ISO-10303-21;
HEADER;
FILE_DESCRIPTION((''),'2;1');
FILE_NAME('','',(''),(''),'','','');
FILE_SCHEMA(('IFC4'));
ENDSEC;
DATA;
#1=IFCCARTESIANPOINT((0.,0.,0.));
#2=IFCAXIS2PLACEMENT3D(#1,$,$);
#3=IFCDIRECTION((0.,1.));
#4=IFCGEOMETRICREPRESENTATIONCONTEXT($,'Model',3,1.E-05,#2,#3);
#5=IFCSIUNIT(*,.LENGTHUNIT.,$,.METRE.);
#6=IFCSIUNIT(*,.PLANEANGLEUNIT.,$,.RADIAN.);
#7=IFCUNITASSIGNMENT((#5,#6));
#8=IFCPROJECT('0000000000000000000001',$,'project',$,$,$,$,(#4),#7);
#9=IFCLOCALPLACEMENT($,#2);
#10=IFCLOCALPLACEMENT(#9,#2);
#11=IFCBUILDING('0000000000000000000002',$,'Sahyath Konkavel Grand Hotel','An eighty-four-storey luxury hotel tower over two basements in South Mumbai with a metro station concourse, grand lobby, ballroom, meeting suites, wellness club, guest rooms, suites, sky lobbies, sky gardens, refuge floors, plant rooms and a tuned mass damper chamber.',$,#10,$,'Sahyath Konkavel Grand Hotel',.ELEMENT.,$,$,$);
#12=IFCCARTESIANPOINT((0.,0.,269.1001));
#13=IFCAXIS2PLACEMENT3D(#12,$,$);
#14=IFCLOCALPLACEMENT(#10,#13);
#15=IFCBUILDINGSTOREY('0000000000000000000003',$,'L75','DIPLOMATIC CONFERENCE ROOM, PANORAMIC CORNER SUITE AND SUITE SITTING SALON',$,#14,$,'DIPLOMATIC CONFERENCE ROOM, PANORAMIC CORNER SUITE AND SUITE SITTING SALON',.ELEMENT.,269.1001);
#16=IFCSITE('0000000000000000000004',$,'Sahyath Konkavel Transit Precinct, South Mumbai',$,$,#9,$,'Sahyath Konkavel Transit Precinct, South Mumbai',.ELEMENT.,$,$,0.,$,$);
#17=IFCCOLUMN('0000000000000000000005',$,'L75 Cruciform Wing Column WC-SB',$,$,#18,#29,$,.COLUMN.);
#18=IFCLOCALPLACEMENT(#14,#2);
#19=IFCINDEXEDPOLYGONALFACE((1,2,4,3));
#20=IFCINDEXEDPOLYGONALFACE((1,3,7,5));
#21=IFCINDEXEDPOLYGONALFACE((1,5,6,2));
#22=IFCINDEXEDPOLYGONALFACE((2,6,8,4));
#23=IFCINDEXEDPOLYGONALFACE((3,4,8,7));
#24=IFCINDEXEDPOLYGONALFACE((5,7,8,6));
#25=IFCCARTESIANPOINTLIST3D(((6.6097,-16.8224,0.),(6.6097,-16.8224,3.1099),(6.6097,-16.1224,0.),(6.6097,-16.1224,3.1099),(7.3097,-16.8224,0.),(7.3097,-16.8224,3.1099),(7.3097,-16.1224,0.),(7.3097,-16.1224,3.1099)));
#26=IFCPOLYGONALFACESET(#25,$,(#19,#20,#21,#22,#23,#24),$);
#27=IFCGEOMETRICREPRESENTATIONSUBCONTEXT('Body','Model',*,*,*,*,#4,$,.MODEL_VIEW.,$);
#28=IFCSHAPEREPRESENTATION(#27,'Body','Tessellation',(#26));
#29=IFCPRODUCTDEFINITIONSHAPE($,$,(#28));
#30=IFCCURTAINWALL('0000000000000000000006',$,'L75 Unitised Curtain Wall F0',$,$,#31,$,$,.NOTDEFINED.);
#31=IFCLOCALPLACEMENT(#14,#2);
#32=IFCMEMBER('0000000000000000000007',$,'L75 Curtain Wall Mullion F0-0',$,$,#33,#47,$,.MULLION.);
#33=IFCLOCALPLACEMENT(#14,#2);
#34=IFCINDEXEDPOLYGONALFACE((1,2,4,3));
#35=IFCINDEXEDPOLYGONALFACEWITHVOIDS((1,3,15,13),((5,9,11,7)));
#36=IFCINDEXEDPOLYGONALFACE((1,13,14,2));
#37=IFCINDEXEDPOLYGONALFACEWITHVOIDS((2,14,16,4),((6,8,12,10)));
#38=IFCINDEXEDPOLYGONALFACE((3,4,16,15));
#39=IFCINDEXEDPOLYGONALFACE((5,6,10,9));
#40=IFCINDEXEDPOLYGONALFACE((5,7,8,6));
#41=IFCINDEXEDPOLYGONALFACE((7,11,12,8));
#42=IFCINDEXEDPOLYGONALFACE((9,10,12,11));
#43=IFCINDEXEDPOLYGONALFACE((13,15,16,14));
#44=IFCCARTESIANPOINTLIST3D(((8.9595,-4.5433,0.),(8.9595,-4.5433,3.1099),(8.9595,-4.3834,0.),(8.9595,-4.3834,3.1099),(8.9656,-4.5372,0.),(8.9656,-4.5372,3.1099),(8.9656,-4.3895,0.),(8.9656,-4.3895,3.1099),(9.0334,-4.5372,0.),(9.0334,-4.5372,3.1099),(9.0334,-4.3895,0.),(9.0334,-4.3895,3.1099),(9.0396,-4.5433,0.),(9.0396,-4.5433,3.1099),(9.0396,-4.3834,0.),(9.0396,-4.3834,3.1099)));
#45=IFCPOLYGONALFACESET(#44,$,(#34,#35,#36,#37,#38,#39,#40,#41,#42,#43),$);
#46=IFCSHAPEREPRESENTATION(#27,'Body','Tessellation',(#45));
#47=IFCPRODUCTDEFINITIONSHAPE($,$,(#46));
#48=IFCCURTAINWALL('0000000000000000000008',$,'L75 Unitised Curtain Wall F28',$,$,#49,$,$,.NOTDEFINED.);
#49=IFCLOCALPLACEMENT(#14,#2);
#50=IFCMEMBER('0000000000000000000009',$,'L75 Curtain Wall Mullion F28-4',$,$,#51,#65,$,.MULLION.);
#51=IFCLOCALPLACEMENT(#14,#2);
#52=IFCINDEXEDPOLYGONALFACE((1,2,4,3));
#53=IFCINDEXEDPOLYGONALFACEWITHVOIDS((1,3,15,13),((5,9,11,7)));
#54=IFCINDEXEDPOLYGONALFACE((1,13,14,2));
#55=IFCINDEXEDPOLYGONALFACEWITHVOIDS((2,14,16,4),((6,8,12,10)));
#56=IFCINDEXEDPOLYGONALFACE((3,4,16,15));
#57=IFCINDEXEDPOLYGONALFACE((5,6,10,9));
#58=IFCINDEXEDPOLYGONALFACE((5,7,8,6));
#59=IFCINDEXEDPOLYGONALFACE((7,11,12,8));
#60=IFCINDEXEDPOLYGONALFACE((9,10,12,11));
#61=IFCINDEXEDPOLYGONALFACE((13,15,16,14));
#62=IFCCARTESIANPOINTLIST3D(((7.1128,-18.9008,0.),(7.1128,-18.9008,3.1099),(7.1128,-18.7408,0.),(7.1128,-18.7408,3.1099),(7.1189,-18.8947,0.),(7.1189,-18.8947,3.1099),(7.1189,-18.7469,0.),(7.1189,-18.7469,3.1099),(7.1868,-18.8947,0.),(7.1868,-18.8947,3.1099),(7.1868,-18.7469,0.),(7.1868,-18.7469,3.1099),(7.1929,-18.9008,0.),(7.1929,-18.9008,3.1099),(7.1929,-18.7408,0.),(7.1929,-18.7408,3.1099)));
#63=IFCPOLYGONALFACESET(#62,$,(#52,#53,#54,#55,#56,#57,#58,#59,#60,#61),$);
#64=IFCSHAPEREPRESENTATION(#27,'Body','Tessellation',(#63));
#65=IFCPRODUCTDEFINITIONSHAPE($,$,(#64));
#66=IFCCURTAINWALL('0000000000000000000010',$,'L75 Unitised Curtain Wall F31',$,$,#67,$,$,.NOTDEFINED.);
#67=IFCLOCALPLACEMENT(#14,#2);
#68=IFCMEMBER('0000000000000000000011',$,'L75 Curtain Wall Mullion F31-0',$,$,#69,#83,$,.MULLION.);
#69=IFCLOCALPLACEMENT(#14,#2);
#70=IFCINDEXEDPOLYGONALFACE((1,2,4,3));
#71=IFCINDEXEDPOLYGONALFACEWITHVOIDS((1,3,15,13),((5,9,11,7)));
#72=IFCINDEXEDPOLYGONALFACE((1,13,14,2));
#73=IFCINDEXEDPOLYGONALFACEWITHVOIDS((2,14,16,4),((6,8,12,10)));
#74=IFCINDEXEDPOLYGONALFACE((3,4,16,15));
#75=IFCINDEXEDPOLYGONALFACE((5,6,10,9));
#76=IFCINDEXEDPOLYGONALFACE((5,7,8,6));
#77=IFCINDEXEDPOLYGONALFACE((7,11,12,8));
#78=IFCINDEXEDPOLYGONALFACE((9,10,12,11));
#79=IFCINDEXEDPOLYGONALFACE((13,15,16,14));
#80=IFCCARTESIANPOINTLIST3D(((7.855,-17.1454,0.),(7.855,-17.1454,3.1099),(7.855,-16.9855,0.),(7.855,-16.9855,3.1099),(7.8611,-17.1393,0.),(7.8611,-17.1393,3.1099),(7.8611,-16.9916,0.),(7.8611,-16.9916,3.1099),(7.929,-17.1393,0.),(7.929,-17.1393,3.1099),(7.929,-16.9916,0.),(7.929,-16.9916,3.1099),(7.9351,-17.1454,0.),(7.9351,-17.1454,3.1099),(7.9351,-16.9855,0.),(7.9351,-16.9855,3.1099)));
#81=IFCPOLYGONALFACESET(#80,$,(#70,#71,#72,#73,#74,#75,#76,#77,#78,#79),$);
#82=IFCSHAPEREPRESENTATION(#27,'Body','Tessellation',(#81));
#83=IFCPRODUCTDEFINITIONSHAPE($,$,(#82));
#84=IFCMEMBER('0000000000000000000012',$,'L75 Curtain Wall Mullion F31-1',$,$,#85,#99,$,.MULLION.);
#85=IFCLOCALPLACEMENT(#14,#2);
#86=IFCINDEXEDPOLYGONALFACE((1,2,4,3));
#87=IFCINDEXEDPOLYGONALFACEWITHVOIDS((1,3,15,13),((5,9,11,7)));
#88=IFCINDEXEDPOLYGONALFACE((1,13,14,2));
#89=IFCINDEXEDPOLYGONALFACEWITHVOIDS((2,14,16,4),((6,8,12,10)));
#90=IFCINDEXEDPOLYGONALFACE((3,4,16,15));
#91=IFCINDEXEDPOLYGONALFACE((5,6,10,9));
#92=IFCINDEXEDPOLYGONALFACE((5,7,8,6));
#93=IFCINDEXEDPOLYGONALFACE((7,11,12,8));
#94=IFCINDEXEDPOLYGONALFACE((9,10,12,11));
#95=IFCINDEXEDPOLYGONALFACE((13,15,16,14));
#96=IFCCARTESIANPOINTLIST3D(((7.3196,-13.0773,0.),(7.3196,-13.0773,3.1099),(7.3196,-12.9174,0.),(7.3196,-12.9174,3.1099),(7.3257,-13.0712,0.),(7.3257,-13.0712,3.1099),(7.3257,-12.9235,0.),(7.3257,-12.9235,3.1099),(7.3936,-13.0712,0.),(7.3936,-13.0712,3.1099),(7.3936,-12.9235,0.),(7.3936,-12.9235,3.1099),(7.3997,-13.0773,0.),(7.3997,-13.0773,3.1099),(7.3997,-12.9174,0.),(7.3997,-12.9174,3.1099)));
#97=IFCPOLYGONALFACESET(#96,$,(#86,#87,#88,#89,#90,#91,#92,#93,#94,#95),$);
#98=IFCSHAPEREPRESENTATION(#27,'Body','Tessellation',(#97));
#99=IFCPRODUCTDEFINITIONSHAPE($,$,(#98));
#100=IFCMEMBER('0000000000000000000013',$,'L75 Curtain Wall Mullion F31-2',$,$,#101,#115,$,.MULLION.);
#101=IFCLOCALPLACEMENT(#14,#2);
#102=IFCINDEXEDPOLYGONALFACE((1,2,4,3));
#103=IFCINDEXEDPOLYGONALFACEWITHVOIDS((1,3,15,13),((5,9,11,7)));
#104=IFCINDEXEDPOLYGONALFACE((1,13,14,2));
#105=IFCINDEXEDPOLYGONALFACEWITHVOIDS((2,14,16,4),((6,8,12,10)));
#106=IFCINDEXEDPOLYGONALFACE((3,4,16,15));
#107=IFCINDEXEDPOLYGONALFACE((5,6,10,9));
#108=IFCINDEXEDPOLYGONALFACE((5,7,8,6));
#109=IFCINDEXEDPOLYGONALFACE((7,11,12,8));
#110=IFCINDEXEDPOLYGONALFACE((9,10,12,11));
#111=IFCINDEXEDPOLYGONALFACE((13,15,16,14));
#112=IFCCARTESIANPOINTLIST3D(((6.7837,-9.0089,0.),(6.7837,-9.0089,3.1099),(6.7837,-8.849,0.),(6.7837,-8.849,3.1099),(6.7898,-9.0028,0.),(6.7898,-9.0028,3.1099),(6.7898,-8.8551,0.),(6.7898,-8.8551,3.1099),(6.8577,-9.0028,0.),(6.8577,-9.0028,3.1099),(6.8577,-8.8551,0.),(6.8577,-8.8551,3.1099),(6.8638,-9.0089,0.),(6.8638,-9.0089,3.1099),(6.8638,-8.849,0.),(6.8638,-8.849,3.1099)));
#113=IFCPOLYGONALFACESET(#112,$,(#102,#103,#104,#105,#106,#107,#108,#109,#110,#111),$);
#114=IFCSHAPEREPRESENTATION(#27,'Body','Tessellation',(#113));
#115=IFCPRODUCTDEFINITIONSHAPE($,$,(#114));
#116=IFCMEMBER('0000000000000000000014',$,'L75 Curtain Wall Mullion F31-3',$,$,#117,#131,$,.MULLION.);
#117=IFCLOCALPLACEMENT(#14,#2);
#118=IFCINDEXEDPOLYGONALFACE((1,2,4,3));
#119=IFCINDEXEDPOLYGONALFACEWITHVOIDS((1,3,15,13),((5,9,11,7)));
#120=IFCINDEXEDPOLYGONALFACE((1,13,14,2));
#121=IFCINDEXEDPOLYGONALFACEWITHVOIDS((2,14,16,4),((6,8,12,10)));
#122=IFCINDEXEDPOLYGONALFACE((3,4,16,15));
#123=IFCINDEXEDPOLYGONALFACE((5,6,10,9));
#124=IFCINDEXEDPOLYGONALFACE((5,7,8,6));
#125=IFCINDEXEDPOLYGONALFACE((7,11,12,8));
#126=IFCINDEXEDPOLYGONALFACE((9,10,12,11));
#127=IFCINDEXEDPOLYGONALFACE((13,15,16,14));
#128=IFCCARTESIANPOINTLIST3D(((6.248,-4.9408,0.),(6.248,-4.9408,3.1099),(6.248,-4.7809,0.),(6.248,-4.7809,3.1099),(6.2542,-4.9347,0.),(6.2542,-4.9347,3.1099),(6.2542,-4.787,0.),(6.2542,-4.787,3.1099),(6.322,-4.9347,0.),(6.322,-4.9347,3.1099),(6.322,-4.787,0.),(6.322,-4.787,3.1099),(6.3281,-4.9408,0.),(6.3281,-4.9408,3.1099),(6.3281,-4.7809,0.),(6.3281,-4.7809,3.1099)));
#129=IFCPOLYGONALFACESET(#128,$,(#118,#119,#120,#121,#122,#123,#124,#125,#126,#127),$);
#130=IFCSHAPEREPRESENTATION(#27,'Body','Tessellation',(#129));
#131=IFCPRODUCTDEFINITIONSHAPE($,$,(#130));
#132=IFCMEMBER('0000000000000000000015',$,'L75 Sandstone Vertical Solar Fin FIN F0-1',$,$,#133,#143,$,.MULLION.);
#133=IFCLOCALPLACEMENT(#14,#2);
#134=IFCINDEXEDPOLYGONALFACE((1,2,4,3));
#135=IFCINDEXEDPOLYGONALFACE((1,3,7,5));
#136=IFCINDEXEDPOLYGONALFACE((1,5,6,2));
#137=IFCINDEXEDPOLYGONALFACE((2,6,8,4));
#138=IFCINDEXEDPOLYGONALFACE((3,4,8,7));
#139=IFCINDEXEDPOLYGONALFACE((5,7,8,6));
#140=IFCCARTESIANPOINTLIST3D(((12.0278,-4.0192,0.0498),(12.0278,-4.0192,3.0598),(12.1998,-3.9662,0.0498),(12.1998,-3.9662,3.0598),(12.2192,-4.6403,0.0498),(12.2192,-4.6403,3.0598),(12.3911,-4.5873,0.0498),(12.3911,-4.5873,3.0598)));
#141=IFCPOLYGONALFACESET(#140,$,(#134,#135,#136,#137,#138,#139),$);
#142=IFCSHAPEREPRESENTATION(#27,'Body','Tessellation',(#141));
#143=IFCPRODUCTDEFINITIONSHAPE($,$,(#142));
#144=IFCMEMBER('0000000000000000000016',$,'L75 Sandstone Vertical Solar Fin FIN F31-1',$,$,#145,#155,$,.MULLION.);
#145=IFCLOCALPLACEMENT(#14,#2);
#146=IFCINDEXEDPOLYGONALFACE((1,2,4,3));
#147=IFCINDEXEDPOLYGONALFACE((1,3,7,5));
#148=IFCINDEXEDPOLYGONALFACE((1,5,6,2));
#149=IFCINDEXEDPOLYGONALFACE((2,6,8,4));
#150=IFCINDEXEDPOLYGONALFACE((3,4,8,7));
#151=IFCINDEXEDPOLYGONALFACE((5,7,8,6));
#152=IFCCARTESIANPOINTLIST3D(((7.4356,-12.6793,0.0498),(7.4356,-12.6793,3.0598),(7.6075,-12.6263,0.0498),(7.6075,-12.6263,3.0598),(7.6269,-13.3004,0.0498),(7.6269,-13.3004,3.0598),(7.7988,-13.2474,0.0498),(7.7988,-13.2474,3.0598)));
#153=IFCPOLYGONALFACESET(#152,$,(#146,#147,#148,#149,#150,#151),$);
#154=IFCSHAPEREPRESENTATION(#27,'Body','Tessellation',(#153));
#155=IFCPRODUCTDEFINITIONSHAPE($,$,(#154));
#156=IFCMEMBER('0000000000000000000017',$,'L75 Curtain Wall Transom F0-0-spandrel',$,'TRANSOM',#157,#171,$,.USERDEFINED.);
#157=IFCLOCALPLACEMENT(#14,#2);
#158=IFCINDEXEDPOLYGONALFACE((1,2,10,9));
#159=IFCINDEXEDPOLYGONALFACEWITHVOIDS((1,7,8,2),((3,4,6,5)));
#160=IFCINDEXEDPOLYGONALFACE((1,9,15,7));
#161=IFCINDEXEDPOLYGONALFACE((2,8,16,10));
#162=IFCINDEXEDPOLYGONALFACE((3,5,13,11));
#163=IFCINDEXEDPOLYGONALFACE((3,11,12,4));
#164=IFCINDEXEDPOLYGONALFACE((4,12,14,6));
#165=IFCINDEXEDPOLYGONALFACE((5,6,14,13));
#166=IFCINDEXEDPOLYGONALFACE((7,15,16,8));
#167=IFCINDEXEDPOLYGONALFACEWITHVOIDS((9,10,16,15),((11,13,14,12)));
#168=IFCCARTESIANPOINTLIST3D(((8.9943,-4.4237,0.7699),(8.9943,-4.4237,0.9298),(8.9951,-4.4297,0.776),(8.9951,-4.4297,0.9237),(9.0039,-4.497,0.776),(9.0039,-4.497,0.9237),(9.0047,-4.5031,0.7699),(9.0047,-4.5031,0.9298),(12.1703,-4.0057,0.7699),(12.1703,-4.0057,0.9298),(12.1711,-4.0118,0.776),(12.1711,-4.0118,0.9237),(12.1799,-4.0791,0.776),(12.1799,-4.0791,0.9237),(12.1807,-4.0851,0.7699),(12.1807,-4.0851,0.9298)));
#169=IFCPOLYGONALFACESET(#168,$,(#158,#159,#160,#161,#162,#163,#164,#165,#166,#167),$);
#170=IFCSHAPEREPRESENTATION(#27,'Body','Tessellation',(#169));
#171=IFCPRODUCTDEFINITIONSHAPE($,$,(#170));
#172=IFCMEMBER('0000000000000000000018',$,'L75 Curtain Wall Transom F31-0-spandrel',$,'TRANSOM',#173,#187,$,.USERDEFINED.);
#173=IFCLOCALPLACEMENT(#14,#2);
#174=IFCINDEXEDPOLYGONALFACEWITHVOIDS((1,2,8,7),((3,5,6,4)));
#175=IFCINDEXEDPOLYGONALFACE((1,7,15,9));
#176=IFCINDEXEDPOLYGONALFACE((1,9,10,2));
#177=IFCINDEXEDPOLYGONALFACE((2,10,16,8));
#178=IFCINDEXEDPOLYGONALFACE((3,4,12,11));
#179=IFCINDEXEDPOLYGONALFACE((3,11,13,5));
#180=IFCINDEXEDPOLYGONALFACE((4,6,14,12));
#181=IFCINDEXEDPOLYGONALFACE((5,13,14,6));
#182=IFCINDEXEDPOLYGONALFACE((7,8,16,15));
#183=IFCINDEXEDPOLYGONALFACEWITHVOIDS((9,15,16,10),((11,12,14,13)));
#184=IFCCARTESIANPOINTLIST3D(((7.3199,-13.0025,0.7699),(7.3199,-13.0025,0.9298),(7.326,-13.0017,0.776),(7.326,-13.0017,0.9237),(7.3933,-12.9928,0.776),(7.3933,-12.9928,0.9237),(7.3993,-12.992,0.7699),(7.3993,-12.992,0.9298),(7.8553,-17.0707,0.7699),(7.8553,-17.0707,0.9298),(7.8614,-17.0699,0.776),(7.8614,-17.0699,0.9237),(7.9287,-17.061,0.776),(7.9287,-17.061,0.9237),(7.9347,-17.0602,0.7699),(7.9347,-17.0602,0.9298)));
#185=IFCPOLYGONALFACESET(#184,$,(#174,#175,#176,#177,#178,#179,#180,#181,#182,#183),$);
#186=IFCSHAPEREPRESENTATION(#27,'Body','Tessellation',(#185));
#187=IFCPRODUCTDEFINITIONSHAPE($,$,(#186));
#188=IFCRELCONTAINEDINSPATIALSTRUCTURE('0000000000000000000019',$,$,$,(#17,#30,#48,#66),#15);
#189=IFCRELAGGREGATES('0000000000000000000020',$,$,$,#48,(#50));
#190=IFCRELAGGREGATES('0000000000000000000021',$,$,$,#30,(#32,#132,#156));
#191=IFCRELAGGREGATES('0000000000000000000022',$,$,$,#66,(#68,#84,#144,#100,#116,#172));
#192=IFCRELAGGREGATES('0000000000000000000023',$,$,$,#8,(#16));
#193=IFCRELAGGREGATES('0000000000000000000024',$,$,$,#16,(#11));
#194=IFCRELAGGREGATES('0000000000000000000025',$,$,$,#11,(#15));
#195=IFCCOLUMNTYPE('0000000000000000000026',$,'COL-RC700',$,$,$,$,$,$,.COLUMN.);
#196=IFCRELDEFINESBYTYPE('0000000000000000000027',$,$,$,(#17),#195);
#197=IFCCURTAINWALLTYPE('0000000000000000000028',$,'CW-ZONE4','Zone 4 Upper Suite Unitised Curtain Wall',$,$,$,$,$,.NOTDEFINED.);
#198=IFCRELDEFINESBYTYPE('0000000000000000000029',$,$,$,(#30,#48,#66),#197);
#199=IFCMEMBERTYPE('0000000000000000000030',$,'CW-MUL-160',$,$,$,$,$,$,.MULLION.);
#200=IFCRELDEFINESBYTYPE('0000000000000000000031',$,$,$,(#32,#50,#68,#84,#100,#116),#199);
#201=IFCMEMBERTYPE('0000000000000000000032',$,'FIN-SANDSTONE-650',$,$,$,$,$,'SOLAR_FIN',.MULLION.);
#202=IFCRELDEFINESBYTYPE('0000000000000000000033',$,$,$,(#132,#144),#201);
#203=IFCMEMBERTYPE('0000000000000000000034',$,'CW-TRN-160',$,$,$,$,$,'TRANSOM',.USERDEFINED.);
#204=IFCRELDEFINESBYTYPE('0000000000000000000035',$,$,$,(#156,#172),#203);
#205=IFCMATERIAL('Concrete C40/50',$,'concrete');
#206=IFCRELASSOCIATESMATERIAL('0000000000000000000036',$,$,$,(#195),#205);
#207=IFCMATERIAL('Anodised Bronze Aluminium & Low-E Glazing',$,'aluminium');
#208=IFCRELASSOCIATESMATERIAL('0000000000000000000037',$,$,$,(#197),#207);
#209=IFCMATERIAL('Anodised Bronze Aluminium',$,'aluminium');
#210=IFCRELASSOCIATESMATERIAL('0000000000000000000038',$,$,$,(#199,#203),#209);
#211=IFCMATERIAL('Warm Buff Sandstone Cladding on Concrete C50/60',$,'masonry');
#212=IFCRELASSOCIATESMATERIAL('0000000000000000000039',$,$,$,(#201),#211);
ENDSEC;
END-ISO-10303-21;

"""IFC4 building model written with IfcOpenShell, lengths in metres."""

from ifc_helpers import new_model, si_unit, direction, frame, origin, origin_2d, place, context, subcontext, project, spatial, rectangle, hollow_rectangle, extrude, source, transform, mapped, material, material_profile, profile_set, type_object, element, aggregate, save


model = new_model("IFC4")

# Units and contexts
model_context = context("Model", 3, precision=1e-05, world=origin(), true_north=direction((0.0, 1.0)))
body_context = subcontext(model_context, "Body", "Model", "MODEL_VIEW")
ifc_project = project(units=[si_unit("LENGTHUNIT", "METRE"), si_unit("PLANEANGLEUNIT", "RADIAN")], contexts=[model_context])

# Site, building, storey
site_placement = place(None, origin())
site = spatial("IfcSite", under=ifc_project, at=site_placement, Name="Sahyath Konkavel Transit Precinct, South Mumbai", LongName="Sahyath Konkavel Transit Precinct, South Mumbai", CompositionType="ELEMENT", RefElevation=0.0)
building_placement = place(site_placement, origin())
building = spatial("IfcBuilding", under=site, at=building_placement, Name="Sahyath Konkavel Grand Hotel", Description="An eighty-four-storey luxury hotel tower over two basements in South Mumbai with a metro station concourse, grand lobby, ballroom, meeting suites, wellness club, guest rooms, suites, sky lobbies, sky gardens, refuge floors, plant rooms and a tuned mass damper chamber.", LongName="Sahyath Konkavel Grand Hotel", CompositionType="ELEMENT")
storey_placement = place(building_placement, frame((0.0, 0.0, 269.1001)))
storey = spatial("IfcBuildingStorey", under=building, at=storey_placement, Name="L75", Description="DIPLOMATIC CONFERENCE ROOM, PANORAMIC CORNER SUITE AND SUITE SITTING SALON", LongName="DIPLOMATIC CONFERENCE ROOM, PANORAMIC CORNER SUITE AND SUITE SITTING SALON", CompositionType="ELEMENT", Elevation=269.1001)

# Column
ifc_material_1 = material(Name="Concrete C40/50", Category="concrete")
ifc_material_profile_1 = material_profile(ifc_material_1, rectangle(XDim=0.7, YDim=0.7, at=origin_2d()), Name="RC 700x700")
ifc_profile_set_1 = profile_set([ifc_material_profile_1], Name="Concrete C40/50")
column_type = type_object("IfcColumnType", Name="COL-RC700", PredefinedType="COLUMN", material=ifc_profile_set_1)
shared_shape_1 = source(origin(), body_context, "Body", "SweptSolid", [
    extrude(rectangle(XDim=0.7, YDim=0.7, at=origin_2d()), origin(), (0.0, 0.0, 1.0), 3.1099),
])
column_placement = place(storey_placement, frame((6.9597, -16.4724, 0.0), z_axis=(0.0, 0.0, 1.0), x_axis=(1.0, 0.0, 0.0)))
element("IfcColumn", 1, at=column_placement, inside=storey, type_object=column_type, Name="L75 Cruciform Wing Column WC-SB", PredefinedType="COLUMN", context=body_context, shape_type="MappedRepresentation", body=[
    mapped(shared_shape_1, transform((0.0, 0.0, 0.0), scale=1.0)),
])

# Curtain walls, members
ifc_material_2 = material(Name="Anodised Bronze Aluminium & Low-E Glazing", Category="aluminium")
curtain_wall_type = type_object("IfcCurtainWallType", Name="CW-ZONE4", Description="Zone 4 Upper Suite Unitised Curtain Wall", PredefinedType="NOTDEFINED", material=ifc_material_2)
curtain_wall_1_placement = place(storey_placement, origin())
curtain_wall_1 = element("IfcCurtainWall", 2, at=curtain_wall_1_placement, inside=storey, type_object=curtain_wall_type, Name="L75 Unitised Curtain Wall F0", PredefinedType="NOTDEFINED")
ifc_material_3 = material(Name="Anodised Bronze Aluminium", Category="aluminium")
ifc_material_profile_2 = material_profile(ifc_material_3, hollow_rectangle(XDim=0.0801, YDim=0.1599, WallThickness=0.0061, at=origin_2d()), Name="RHS 160x80x6")
ifc_profile_set_2 = profile_set([ifc_material_profile_2], Name="Anodised Bronze Aluminium")
member_type_1 = type_object("IfcMemberType", Name="CW-MUL-160", PredefinedType="MULLION", material=ifc_profile_set_2)
shared_shape_2 = source(origin(), body_context, "Body", "SweptSolid", [
    extrude(hollow_rectangle(XDim=0.0801, YDim=0.1599, WallThickness=0.0061, at=origin_2d()), origin(), (0.0, 0.0, 1.0), 3.1099),
])
member_1_placement = place(storey_placement, frame((8.9995, -4.4634, 0.0), z_axis=(0.0, 0.0, 1.0), x_axis=(1.0, 0.0, 0.0)))
member_1 = element("IfcMember", 3, at=member_1_placement, type_object=member_type_1, Name="L75 Curtain Wall Mullion F0-0", PredefinedType="MULLION", context=body_context, shape_type="MappedRepresentation", body=[
    mapped(shared_shape_2, transform((0.0, 0.0, 0.0), scale=1.0)),
])
curtain_wall_2_placement = place(storey_placement, origin())
curtain_wall_2 = element("IfcCurtainWall", 4, at=curtain_wall_2_placement, inside=storey, type_object=curtain_wall_type, Name="L75 Unitised Curtain Wall F28", PredefinedType="NOTDEFINED")
member_2_placement = place(storey_placement, frame((7.1528, -18.8208, 0.0), z_axis=(0.0, 0.0, 1.0), x_axis=(1.0, 0.0, 0.0)))
member_2 = element("IfcMember", 5, at=member_2_placement, type_object=member_type_1, Name="L75 Curtain Wall Mullion F28-4", PredefinedType="MULLION", context=body_context, shape_type="MappedRepresentation", body=[
    mapped(shared_shape_2, transform((0.0, 0.0, 0.0), scale=1.0)),
])
aggregate(curtain_wall_2, [member_2])

# Curtain wall, members
curtain_wall_3_placement = place(storey_placement, origin())
curtain_wall_3 = element("IfcCurtainWall", 6, at=curtain_wall_3_placement, inside=storey, type_object=curtain_wall_type, Name="L75 Unitised Curtain Wall F31", PredefinedType="NOTDEFINED")
member_3_placement = place(storey_placement, frame((7.895, -17.0654, 0.0), z_axis=(0.0, 0.0, 1.0), x_axis=(1.0, 0.0, 0.0)))
member_3 = element("IfcMember", 7, at=member_3_placement, type_object=member_type_1, Name="L75 Curtain Wall Mullion F31-0", PredefinedType="MULLION", context=body_context, shape_type="MappedRepresentation", body=[
    mapped(shared_shape_2, transform((0.0, 0.0, 0.0), scale=1.0)),
])
member_4_placement = place(storey_placement, frame((7.3596, -12.9973, 0.0), z_axis=(0.0, 0.0, 1.0), x_axis=(1.0, 0.0, 0.0)))
member_4 = element("IfcMember", 8, at=member_4_placement, type_object=member_type_1, Name="L75 Curtain Wall Mullion F31-1", PredefinedType="MULLION", context=body_context, shape_type="MappedRepresentation", body=[
    mapped(shared_shape_2, transform((0.0, 0.0, 0.0), scale=1.0)),
])
member_5_placement = place(storey_placement, frame((6.8237, -8.929, 0.0), z_axis=(0.0, 0.0, 1.0), x_axis=(1.0, 0.0, 0.0)))
member_5 = element("IfcMember", 9, at=member_5_placement, type_object=member_type_1, Name="L75 Curtain Wall Mullion F31-2", PredefinedType="MULLION", context=body_context, shape_type="MappedRepresentation", body=[
    mapped(shared_shape_2, transform((0.0, 0.0, 0.0), scale=1.0)),
])
member_6_placement = place(storey_placement, frame((6.2881, -4.8608, 0.0), z_axis=(0.0, 0.0, 1.0), x_axis=(1.0, 0.0, 0.0)))
member_6 = element("IfcMember", 10, at=member_6_placement, type_object=member_type_1, Name="L75 Curtain Wall Mullion F31-3", PredefinedType="MULLION", context=body_context, shape_type="MappedRepresentation", body=[
    mapped(shared_shape_2, transform((0.0, 0.0, 0.0), scale=1.0)),
])

# Members
ifc_material_4 = material(Name="Warm Buff Sandstone Cladding on Concrete C50/60", Category="masonry")
ifc_material_profile_3 = material_profile(ifc_material_4, rectangle(XDim=0.1799, YDim=0.6499, at=origin_2d()), Name="FIN 180x650")
ifc_profile_set_3 = profile_set([ifc_material_profile_3], Name="Warm Buff Sandstone Cladding on Concrete C50/60")
member_type_2 = type_object("IfcMemberType", Name="FIN-SANDSTONE-650", ElementType="SOLAR_FIN", PredefinedType="MULLION", material=ifc_profile_set_3)
shared_shape_3 = source(origin(), body_context, "Body", "SweptSolid", [
    extrude(rectangle(XDim=0.1799, YDim=0.6499, at=origin_2d()), origin(), (0.0, 0.0, 1.0), 3.01),
])
member_7_placement = place(storey_placement, frame((12.2095, -4.3032, 0.0498), z_axis=(0.0, 0.0, 1.0), x_axis=(0.95569, 0.294374, 0.0)))
member_7 = element("IfcMember", 11, at=member_7_placement, type_object=member_type_2, Name="L75 Sandstone Vertical Solar Fin FIN F0-1", PredefinedType="MULLION", context=body_context, shape_type="MappedRepresentation", body=[
    mapped(shared_shape_3, transform((0.0, 0.0, 0.0), scale=1.0)),
])
member_8_placement = place(storey_placement, frame((7.6172, -12.9634, 0.0498), z_axis=(0.0, 0.0, 1.0), x_axis=(0.95569, 0.294374, 0.0)))
member_8 = element("IfcMember", 12, at=member_8_placement, type_object=member_type_2, Name="L75 Sandstone Vertical Solar Fin FIN F31-1", PredefinedType="MULLION", context=body_context, shape_type="MappedRepresentation", body=[
    mapped(shared_shape_3, transform((0.0, 0.0, 0.0), scale=1.0)),
])
ifc_material_profile_4 = material_profile(ifc_material_3, hollow_rectangle(XDim=0.0801, YDim=0.1599, WallThickness=0.0061, at=origin_2d()), Name="RHS 160x80x6")
ifc_profile_set_4 = profile_set([ifc_material_profile_4], Name="Anodised Bronze Aluminium")
member_type_3 = type_object("IfcMemberType", Name="CW-TRN-160", ElementType="TRANSOM", PredefinedType="USERDEFINED", material=ifc_profile_set_4)
shared_shape_4 = source(origin(), body_context, "Body", "SweptSolid", [
    extrude(hollow_rectangle(XDim=0.0801, YDim=0.1599, WallThickness=0.0061, at=origin_2d()), origin(), (0.0, 0.0, 1.0), 3.2034),
])
member_9_placement = place(storey_placement, frame((8.9995, -4.4634, 0.8499), z_axis=(0.991451, 0.130476, 0.0), x_axis=(-0.130476, 0.991451, 0.0)))
member_9 = element("IfcMember", 13, at=member_9_placement, type_object=member_type_3, Name="L75 Curtain Wall Transom F0-0-spandrel", ObjectType="TRANSOM", PredefinedType="USERDEFINED", context=body_context, shape_type="MappedRepresentation", body=[
    mapped(shared_shape_4, transform((0.0, 0.0, 0.0), scale=1.0)),
])
aggregate(curtain_wall_1, [member_1, member_7, member_9])
shared_shape_5 = source(origin(), body_context, "Body", "SweptSolid", [
    extrude(hollow_rectangle(XDim=0.0801, YDim=0.1599, WallThickness=0.0061, at=origin_2d()), origin(), (0.0, 0.0, 1.0), 4.1033),
])
member_10_placement = place(storey_placement, frame((7.895, -17.0654, 0.8499), z_axis=(-0.130484, 0.99145, 0.0), x_axis=(-0.99145, -0.130484, 0.0)))
member_10 = element("IfcMember", 14, at=member_10_placement, type_object=member_type_3, Name="L75 Curtain Wall Transom F31-0-spandrel", ObjectType="TRANSOM", PredefinedType="USERDEFINED", context=body_context, shape_type="MappedRepresentation", body=[
    mapped(shared_shape_5, transform((0.0, 0.0, 0.0), scale=1.0)),
])

aggregate(curtain_wall_3, [member_3, member_4, member_8, member_5, member_6, member_10])

save(model, "model.ifc")
